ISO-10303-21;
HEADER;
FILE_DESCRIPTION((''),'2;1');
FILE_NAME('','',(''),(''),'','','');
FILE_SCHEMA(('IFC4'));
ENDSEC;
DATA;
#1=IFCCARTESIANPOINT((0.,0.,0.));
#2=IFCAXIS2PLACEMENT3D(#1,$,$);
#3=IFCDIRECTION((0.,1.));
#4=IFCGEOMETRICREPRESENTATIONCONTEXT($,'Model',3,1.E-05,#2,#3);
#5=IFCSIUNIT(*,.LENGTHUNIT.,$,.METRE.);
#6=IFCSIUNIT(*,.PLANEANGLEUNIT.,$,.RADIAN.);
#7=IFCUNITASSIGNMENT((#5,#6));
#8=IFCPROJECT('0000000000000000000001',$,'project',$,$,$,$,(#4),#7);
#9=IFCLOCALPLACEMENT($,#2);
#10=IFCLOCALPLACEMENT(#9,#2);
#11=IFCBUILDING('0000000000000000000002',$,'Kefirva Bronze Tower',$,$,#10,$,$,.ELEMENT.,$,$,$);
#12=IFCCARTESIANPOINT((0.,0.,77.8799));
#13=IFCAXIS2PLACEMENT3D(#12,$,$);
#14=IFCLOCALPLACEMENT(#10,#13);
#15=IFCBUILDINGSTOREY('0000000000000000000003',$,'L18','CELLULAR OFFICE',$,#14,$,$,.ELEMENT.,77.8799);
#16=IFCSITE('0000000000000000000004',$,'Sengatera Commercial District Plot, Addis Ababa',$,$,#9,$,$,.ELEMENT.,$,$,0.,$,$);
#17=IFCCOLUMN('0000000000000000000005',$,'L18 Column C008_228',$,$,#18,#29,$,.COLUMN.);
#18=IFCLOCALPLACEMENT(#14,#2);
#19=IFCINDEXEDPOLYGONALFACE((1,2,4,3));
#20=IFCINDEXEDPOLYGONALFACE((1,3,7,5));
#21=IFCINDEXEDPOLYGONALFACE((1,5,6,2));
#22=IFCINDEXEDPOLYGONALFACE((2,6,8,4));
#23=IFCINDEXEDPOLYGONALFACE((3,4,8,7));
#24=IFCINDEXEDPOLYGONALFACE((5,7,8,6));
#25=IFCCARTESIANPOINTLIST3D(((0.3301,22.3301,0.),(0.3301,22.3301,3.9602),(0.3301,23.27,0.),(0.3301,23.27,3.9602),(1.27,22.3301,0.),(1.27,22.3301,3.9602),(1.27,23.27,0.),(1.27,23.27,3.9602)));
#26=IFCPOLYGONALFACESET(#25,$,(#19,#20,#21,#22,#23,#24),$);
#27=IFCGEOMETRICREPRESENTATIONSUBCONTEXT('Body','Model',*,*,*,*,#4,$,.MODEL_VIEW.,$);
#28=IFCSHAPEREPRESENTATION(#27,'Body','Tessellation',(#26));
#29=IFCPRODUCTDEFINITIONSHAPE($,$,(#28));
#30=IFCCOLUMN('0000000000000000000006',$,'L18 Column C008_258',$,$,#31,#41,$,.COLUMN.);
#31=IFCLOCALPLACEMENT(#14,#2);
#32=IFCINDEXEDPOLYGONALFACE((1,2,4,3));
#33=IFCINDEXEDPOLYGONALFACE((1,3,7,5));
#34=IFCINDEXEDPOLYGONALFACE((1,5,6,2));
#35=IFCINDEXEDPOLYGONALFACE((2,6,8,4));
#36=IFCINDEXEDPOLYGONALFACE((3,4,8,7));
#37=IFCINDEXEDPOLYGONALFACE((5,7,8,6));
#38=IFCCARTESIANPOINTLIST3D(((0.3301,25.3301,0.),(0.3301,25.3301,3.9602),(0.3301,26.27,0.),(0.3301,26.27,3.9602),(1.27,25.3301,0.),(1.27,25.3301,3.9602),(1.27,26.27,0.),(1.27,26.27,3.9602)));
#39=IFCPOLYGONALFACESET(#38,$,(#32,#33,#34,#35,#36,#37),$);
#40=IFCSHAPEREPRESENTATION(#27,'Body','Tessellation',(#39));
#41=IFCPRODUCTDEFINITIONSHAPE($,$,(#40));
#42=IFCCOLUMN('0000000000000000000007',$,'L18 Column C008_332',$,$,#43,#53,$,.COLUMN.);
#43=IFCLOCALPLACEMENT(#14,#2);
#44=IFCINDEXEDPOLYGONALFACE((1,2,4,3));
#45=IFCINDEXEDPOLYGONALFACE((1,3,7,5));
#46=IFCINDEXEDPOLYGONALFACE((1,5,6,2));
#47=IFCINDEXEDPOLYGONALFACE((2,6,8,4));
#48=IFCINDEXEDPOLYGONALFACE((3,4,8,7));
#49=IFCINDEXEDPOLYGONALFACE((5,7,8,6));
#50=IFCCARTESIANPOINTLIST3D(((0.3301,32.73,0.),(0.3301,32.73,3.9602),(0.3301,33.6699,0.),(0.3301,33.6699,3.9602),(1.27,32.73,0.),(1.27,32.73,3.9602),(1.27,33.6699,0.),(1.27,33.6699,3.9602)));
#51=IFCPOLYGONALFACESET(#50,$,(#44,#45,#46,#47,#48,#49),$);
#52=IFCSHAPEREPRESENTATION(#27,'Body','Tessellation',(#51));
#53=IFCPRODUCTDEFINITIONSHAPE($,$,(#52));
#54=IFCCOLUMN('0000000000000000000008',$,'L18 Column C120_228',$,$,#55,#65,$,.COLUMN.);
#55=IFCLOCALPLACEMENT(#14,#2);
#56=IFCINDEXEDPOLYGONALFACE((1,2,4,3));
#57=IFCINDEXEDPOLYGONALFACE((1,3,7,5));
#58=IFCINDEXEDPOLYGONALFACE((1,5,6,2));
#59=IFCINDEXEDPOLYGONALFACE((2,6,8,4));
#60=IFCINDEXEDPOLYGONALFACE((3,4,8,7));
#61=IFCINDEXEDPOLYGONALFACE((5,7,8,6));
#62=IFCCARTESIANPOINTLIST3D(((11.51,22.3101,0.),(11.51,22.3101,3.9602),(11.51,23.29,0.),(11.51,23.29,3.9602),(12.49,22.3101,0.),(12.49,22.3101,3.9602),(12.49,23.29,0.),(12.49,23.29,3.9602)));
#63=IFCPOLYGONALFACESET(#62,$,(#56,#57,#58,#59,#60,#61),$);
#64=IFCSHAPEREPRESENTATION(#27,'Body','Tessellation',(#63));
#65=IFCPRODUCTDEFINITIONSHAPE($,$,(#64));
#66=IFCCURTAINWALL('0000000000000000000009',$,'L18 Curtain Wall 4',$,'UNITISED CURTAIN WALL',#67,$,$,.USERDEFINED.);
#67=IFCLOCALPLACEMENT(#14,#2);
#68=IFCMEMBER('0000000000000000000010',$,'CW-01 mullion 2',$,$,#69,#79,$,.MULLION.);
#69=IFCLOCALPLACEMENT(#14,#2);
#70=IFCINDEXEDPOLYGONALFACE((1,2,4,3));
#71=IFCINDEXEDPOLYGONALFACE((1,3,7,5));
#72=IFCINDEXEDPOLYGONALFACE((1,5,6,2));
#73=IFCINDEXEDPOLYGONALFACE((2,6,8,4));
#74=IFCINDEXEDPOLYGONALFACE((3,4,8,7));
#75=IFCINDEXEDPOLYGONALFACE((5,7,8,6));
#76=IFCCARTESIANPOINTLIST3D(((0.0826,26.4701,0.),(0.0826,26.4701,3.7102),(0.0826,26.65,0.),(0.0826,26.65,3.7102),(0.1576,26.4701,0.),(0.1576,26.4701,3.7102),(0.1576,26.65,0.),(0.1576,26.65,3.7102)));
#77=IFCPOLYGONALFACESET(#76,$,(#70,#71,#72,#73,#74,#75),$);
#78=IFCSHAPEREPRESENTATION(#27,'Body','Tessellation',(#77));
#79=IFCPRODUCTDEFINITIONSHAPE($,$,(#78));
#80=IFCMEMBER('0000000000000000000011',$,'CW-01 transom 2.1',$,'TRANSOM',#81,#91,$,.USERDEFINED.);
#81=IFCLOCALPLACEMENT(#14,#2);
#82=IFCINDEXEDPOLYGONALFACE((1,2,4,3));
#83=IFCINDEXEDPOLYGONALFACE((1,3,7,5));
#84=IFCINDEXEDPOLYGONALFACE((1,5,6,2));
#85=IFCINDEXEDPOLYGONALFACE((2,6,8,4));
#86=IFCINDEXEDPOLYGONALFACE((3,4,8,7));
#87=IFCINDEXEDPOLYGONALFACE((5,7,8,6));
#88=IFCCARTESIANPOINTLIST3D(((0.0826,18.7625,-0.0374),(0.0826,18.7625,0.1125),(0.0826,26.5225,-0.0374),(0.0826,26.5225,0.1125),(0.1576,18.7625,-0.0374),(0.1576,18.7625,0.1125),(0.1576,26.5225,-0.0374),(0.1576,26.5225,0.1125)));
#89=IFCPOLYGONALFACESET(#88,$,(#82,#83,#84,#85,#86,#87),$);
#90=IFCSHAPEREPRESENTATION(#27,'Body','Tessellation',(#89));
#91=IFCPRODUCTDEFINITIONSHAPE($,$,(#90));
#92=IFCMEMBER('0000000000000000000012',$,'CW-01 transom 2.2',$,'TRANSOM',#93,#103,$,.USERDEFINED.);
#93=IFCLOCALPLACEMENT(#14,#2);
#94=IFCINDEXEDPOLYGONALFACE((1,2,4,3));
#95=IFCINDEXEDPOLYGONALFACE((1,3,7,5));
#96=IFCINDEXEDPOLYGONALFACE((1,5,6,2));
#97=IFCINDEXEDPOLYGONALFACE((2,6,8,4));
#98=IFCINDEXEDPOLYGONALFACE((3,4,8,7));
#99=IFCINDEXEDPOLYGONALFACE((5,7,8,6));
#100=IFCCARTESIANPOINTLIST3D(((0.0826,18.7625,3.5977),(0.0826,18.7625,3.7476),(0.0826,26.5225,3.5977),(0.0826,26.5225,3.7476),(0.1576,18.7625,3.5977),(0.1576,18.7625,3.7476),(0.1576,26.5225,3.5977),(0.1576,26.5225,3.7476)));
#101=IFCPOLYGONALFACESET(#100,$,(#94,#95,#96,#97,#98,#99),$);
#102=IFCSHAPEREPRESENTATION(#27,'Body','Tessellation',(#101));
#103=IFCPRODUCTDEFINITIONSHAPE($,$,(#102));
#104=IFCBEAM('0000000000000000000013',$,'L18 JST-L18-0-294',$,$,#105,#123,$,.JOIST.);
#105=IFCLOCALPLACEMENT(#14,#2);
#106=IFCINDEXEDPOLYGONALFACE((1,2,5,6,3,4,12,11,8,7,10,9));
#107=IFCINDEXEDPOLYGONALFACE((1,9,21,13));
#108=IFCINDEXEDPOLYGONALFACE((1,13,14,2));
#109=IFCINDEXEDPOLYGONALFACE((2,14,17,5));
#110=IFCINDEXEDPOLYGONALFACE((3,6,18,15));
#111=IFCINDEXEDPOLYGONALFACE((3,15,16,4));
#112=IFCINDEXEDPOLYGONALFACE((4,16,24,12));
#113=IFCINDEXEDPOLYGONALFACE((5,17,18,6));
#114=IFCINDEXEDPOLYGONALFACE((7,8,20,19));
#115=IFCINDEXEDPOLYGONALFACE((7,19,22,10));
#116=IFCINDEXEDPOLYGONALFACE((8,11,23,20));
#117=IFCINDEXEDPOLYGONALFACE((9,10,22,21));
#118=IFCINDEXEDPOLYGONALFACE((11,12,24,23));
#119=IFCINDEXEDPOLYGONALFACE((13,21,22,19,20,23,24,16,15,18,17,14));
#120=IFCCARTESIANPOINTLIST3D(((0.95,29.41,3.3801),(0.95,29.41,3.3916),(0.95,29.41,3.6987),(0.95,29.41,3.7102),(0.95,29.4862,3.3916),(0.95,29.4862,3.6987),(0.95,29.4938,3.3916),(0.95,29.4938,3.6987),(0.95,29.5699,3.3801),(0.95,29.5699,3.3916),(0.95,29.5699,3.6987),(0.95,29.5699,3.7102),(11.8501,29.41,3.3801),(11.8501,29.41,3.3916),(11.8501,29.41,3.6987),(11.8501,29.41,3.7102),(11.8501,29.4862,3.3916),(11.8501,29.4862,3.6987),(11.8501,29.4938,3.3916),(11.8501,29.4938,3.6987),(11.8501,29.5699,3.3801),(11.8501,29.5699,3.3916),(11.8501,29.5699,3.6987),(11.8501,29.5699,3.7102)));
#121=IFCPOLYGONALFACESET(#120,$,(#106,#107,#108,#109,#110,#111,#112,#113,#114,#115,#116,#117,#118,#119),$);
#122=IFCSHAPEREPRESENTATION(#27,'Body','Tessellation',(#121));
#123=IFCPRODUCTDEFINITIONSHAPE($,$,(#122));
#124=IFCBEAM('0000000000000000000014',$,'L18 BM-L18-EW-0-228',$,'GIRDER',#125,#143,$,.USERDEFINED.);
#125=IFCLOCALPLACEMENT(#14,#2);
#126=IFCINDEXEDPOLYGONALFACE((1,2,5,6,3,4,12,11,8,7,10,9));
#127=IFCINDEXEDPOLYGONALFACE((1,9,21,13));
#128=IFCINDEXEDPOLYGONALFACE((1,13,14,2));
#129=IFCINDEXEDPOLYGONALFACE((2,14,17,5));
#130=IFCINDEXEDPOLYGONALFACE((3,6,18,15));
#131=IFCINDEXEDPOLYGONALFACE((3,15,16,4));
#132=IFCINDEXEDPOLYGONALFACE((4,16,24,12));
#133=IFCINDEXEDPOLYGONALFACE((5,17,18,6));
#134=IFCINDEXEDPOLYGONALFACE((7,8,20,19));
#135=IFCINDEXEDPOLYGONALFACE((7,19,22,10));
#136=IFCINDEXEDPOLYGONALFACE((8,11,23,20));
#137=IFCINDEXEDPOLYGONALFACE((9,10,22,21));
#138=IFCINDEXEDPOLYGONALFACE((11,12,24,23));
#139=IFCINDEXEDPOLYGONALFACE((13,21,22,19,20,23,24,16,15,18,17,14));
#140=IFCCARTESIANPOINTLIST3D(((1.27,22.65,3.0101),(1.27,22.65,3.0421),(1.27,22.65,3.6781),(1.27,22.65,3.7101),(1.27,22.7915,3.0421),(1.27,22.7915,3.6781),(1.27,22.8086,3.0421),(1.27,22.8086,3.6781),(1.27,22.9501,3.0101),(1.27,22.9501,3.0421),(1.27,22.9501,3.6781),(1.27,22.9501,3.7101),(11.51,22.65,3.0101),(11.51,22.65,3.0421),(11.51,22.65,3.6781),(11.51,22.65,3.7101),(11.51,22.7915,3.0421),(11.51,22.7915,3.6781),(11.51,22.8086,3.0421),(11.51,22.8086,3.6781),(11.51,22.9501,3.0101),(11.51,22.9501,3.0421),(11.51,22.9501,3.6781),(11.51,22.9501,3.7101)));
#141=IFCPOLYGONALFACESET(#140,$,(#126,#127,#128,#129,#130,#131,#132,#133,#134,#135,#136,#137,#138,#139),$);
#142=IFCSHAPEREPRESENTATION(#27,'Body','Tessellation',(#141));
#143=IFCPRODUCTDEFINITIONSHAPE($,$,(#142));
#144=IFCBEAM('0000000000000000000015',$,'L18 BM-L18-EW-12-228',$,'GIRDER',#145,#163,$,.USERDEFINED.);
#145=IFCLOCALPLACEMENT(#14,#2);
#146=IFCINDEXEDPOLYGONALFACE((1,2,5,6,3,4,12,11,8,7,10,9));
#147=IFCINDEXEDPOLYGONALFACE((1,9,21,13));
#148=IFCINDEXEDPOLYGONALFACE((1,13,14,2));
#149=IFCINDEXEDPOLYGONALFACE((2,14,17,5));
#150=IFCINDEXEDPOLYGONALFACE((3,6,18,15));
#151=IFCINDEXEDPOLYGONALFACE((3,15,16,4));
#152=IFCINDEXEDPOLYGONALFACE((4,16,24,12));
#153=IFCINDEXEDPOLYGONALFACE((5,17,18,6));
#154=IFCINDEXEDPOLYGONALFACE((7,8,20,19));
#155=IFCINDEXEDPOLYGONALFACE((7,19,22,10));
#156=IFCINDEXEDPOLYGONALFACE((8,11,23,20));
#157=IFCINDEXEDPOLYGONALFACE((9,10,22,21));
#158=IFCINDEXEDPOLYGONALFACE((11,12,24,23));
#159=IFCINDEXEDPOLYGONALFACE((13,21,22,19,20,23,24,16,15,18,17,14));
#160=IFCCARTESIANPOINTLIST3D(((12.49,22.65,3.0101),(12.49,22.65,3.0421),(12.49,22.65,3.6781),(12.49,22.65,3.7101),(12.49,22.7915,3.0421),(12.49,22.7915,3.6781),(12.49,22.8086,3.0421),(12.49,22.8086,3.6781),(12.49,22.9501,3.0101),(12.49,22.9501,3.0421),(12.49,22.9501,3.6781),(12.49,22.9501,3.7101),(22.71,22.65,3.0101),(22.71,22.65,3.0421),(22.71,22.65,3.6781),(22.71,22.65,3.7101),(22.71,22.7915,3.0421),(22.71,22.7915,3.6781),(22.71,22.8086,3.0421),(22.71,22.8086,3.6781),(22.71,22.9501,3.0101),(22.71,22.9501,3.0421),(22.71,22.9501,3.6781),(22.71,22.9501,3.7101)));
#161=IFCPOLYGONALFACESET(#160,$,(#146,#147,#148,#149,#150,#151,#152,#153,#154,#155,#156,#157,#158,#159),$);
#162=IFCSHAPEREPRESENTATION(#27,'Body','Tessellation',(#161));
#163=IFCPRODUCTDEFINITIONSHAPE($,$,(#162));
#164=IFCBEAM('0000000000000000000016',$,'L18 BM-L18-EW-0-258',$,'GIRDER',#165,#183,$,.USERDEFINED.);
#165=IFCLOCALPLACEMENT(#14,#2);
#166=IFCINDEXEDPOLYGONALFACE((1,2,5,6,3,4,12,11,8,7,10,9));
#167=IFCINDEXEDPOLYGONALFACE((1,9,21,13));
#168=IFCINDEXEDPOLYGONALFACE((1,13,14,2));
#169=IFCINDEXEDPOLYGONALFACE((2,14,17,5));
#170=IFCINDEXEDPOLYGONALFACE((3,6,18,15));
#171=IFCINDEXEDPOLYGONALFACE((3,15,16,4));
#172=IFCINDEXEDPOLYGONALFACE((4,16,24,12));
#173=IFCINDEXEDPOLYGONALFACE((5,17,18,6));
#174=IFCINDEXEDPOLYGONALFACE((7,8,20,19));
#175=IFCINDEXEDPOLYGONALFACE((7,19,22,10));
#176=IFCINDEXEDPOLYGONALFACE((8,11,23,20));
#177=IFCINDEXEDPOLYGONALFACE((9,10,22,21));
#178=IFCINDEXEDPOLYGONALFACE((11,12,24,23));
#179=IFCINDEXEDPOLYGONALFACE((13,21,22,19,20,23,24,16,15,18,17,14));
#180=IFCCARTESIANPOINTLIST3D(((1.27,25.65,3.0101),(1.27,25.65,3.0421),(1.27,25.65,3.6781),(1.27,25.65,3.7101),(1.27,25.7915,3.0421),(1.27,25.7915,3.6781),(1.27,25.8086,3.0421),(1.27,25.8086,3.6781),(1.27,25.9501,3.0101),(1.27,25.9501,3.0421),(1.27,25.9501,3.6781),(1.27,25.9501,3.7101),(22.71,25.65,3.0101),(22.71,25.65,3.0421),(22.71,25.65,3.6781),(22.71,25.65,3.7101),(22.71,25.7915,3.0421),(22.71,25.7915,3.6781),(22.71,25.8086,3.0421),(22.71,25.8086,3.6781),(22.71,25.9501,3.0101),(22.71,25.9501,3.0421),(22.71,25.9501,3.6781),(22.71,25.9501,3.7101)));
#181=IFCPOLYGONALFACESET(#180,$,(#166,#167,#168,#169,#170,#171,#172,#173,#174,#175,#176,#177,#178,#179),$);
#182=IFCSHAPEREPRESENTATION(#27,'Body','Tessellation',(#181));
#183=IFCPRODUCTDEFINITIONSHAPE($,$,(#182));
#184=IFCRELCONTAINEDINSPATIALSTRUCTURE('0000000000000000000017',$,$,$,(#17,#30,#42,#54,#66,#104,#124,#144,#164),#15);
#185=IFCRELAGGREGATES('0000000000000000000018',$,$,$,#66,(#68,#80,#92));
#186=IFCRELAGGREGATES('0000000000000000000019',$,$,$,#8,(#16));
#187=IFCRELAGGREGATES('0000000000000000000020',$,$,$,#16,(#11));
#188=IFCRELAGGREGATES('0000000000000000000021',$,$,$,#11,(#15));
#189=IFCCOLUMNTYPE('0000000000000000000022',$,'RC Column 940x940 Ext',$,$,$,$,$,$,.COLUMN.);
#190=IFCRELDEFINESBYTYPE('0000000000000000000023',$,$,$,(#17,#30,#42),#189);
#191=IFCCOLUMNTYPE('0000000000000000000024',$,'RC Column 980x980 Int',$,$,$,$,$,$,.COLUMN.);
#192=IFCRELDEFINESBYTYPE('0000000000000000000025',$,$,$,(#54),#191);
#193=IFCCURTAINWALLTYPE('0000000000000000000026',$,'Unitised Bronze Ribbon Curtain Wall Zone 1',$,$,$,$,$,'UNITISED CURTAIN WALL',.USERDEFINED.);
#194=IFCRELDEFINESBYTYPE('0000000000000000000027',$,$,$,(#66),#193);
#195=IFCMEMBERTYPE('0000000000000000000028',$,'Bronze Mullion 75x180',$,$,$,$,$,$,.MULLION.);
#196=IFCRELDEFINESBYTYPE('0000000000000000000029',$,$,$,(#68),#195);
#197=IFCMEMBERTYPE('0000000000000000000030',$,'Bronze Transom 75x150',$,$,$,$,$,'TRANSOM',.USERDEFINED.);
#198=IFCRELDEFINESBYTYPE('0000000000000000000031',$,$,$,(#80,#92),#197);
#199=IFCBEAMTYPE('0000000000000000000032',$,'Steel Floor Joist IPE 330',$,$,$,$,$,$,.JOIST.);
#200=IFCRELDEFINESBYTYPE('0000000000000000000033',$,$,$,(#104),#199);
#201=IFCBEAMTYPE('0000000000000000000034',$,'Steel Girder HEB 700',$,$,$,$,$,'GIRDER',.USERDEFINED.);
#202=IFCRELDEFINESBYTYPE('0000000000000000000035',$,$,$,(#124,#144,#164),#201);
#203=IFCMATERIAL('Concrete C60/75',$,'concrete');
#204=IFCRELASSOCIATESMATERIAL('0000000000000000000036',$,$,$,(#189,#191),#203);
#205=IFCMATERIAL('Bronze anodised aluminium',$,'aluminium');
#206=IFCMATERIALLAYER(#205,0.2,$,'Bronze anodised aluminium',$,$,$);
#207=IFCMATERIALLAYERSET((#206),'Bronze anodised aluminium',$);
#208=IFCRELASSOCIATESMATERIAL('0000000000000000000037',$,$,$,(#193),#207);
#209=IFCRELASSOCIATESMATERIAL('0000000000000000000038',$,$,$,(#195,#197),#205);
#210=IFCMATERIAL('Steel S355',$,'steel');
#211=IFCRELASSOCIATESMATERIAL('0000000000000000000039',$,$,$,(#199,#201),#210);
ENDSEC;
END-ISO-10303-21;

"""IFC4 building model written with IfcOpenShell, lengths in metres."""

from ifc_helpers import new_model, si_unit, direction, frame, origin, origin_2d, place, context, subcontext, project, spatial, rectangle, i_section, extrude, material, layer, layer_set, material_profile, profile_set, type_object, element, aggregate, save


model = new_model("IFC4")

# Units and contexts
model_context = context("Model", 3, precision=1e-05, world=origin(), true_north=direction((0.0, 1.0)))
body_context = subcontext(model_context, "Body", "Model", "MODEL_VIEW")
ifc_project = project(units=[si_unit("LENGTHUNIT", "METRE"), si_unit("PLANEANGLEUNIT", "RADIAN")], contexts=[model_context])

# Site, building, storey
site_placement = place(None, origin())
site = spatial("IfcSite", under=ifc_project, at=site_placement, Name="Sengatera Commercial District Plot, Addis Ababa", CompositionType="ELEMENT", RefElevation=0.0)
building_placement = place(site_placement, origin())
building = spatial("IfcBuilding", under=site, at=building_placement, Name="Kefirva Bronze Tower", CompositionType="ELEMENT")
storey_placement = place(building_placement, frame((0.0, 0.0, 77.8799)))
storey = spatial("IfcBuildingStorey", under=building, at=storey_placement, Name="L18", Description="CELLULAR OFFICE", CompositionType="ELEMENT", Elevation=77.8799)

# Columns
ifc_material_1 = material(Name="Concrete C60/75", Category="concrete")
ifc_material_profile_1 = material_profile(ifc_material_1, rectangle(XDim=0.9399, YDim=0.9399, at=origin_2d()), Name="RC 940x940")
ifc_profile_set_1 = profile_set([ifc_material_profile_1], Name="Concrete C60/75")
column_type_1 = type_object("IfcColumnType", Name="RC Column 940x940 Ext", PredefinedType="COLUMN", material=ifc_profile_set_1)
for number, where, z_axis, x_axis, name in (
    (1, (0.8, 22.8, 0.0), (0.0, 0.0, 1.0), (1.0, 0.0, 0.0), "L18 Column C008_228"),
    (2, (0.8, 25.8, 0.0), (0.0, 0.0, 1.0), (1.0, 0.0, 0.0), "L18 Column C008_258"),
    (3, (0.8, 33.2, 0.0), (0.0, 0.0, 1.0), (1.0, 0.0, 0.0), "L18 Column C008_332"),
):
    element("IfcColumn", number, at=place(storey_placement, frame(where, z_axis=z_axis, x_axis=x_axis)), inside=storey, type_object=column_type_1, Name=name, PredefinedType="COLUMN", context=body_context, shape_type="SweptSolid", body=[
        extrude(rectangle(XDim=0.9399, YDim=0.9399, at=origin_2d()), origin(), (0.0, 0.0, 1.0), 3.9602),
    ])
ifc_material_profile_2 = material_profile(ifc_material_1, rectangle(XDim=0.98, YDim=0.98, at=origin_2d()), Name="RC 980x980")
ifc_profile_set_2 = profile_set([ifc_material_profile_2], Name="Concrete C60/75")
column_type_2 = type_object("IfcColumnType", Name="RC Column 980x980 Int", PredefinedType="COLUMN", material=ifc_profile_set_2)
column_placement = place(storey_placement, frame((12.0, 22.8, 0.0), z_axis=(0.0, 0.0, 1.0), x_axis=(1.0, 0.0, 0.0)))
element("IfcColumn", 4, at=column_placement, inside=storey, type_object=column_type_2, Name="L18 Column C120_228", PredefinedType="COLUMN", context=body_context, shape_type="SweptSolid", body=[
    extrude(rectangle(XDim=0.98, YDim=0.98, at=origin_2d()), origin(), (0.0, 0.0, 1.0), 3.9602),
])

# Curtain wall, members
ifc_material_2 = material(Name="Bronze anodised aluminium", Category="aluminium")
ifc_layer_1 = layer(ifc_material_2, 0.2, Name="Bronze anodised aluminium")
ifc_layer_set_1 = layer_set([ifc_layer_1], Name="Bronze anodised aluminium")
curtain_wall_type = type_object("IfcCurtainWallType", Name="Unitised Bronze Ribbon Curtain Wall Zone 1", ElementType="UNITISED CURTAIN WALL", PredefinedType="USERDEFINED", material=ifc_layer_set_1)
curtain_wall_placement = place(storey_placement, origin())
curtain_wall = element("IfcCurtainWall", 5, at=curtain_wall_placement, inside=storey, type_object=curtain_wall_type, Name="L18 Curtain Wall 4", ObjectType="UNITISED CURTAIN WALL", PredefinedType="USERDEFINED")
ifc_material_profile_3 = material_profile(ifc_material_2, rectangle(XDim=0.075, YDim=0.1799, at=origin_2d()), Name="ALU 75x180")
ifc_profile_set_3 = profile_set([ifc_material_profile_3], Name="Bronze anodised aluminium")
member_type_1 = type_object("IfcMemberType", Name="Bronze Mullion 75x180", PredefinedType="MULLION", material=ifc_profile_set_3)
member_1_placement = place(storey_placement, frame((0.1201, 26.5601, 0.0), z_axis=(0.0, 0.0, 1.0), x_axis=(1.0, 0.0, 0.0)))
member_1 = element("IfcMember", 6, at=member_1_placement, type_object=member_type_1, Name="CW-01 mullion 2", PredefinedType="MULLION", context=body_context, shape_type="SweptSolid", body=[
    extrude(rectangle(XDim=0.075, YDim=0.1799, at=origin_2d()), origin(), (0.0, 0.0, 1.0), 3.7102),
])
ifc_material_profile_4 = material_profile(ifc_material_2, rectangle(XDim=0.075, YDim=0.1499, at=origin_2d()), Name="ALU 75x150")
ifc_profile_set_4 = profile_set([ifc_material_profile_4], Name="Bronze anodised aluminium")
member_type_2 = type_object("IfcMemberType", Name="Bronze Transom 75x150", ElementType="TRANSOM", PredefinedType="USERDEFINED", material=ifc_profile_set_4)
member_2_placement = place(storey_placement, frame((0.1201, 26.5225, 0.0376), z_axis=(0.0, -1.0, 0.0), x_axis=(1.0, 0.0, 0.0)))
member_2 = element("IfcMember", 7, at=member_2_placement, type_object=member_type_2, Name="CW-01 transom 2.1", ObjectType="TRANSOM", PredefinedType="USERDEFINED", context=body_context, shape_type="SweptSolid", body=[
    extrude(rectangle(XDim=0.075, YDim=0.1499, at=origin_2d()), origin(), (0.0, 0.0, 1.0), 7.76),
])
member_3_placement = place(storey_placement, frame((0.1201, 26.5225, 3.6726), z_axis=(0.0, -1.0, 0.0), x_axis=(1.0, 0.0, 0.0)))
member_3 = element("IfcMember", 8, at=member_3_placement, type_object=member_type_2, Name="CW-01 transom 2.2", ObjectType="TRANSOM", PredefinedType="USERDEFINED", context=body_context, shape_type="SweptSolid", body=[
    extrude(rectangle(XDim=0.075, YDim=0.1499, at=origin_2d()), origin(), (0.0, 0.0, 1.0), 7.76),
])

# Beams
ifc_material_3 = material(Name="Steel S355", Category="steel")
ifc_material_profile_5 = material_profile(ifc_material_3, i_section(OverallWidth=0.1599, OverallDepth=0.3301, WebThickness=0.0076, FlangeThickness=0.0115, at=origin_2d()), Name="IPE 330")
ifc_profile_set_5 = profile_set([ifc_material_profile_5], Name="Steel S355")
beam_type_1 = type_object("IfcBeamType", Name="Steel Floor Joist IPE 330", PredefinedType="JOIST", material=ifc_profile_set_5)
beam_1_placement = place(storey_placement, frame((0.95, 29.49, 3.5452), z_axis=(1.0, 0.0, 0.0), x_axis=(0.0, 1.0, 0.0)))
element("IfcBeam", 9, at=beam_1_placement, inside=storey, type_object=beam_type_1, Name="L18 JST-L18-0-294", PredefinedType="JOIST", context=body_context, shape_type="SweptSolid", body=[
    extrude(i_section(OverallWidth=0.1599, OverallDepth=0.3301, WebThickness=0.0076, FlangeThickness=0.0115, at=origin_2d()), origin(), (0.0, 0.0, 1.0), 10.9001),
])
ifc_material_profile_6 = material_profile(ifc_material_3, i_section(OverallWidth=0.3, OverallDepth=0.7, WebThickness=0.0171, FlangeThickness=0.032, at=origin_2d()), Name="HEB 700")
ifc_profile_set_6 = profile_set([ifc_material_profile_6], Name="Steel S355")
beam_type_2 = type_object("IfcBeamType", Name="Steel Girder HEB 700", ElementType="GIRDER", PredefinedType="USERDEFINED", material=ifc_profile_set_6)
beam_2_placement = place(storey_placement, frame((1.27, 22.8, 3.3601), z_axis=(1.0, 0.0, 0.0), x_axis=(0.0, 1.0, 0.0)))
element("IfcBeam", 10, at=beam_2_placement, inside=storey, type_object=beam_type_2, Name="L18 BM-L18-EW-0-228", ObjectType="GIRDER", PredefinedType="USERDEFINED", context=body_context, shape_type="SweptSolid", body=[
    extrude(i_section(OverallWidth=0.3, OverallDepth=0.7, WebThickness=0.0171, FlangeThickness=0.032, at=origin_2d()), origin(), (0.0, 0.0, 1.0), 10.24),
])
beam_3_placement = place(storey_placement, frame((12.49, 22.8, 3.3601), z_axis=(1.0, 0.0, 0.0), x_axis=(0.0, 1.0, 0.0)))
element("IfcBeam", 11, at=beam_3_placement, inside=storey, type_object=beam_type_2, Name="L18 BM-L18-EW-12-228", ObjectType="GIRDER", PredefinedType="USERDEFINED", context=body_context, shape_type="SweptSolid", body=[
    extrude(i_section(OverallWidth=0.3, OverallDepth=0.7, WebThickness=0.0171, FlangeThickness=0.032, at=origin_2d()), origin(), (0.0, 0.0, 1.0), 10.22),
])
beam_4_placement = place(storey_placement, frame((1.27, 25.8, 3.3601), z_axis=(1.0, 0.0, 0.0), x_axis=(0.0, 1.0, 0.0)))
element("IfcBeam", 12, at=beam_4_placement, inside=storey, type_object=beam_type_2, Name="L18 BM-L18-EW-0-258", ObjectType="GIRDER", PredefinedType="USERDEFINED", context=body_context, shape_type="SweptSolid", body=[
    extrude(i_section(OverallWidth=0.3, OverallDepth=0.7, WebThickness=0.0171, FlangeThickness=0.032, at=origin_2d()), origin(), (0.0, 0.0, 1.0), 21.4399),
])

aggregate(curtain_wall, [member_1, member_2, member_3])

save(model, "model.ifc")
